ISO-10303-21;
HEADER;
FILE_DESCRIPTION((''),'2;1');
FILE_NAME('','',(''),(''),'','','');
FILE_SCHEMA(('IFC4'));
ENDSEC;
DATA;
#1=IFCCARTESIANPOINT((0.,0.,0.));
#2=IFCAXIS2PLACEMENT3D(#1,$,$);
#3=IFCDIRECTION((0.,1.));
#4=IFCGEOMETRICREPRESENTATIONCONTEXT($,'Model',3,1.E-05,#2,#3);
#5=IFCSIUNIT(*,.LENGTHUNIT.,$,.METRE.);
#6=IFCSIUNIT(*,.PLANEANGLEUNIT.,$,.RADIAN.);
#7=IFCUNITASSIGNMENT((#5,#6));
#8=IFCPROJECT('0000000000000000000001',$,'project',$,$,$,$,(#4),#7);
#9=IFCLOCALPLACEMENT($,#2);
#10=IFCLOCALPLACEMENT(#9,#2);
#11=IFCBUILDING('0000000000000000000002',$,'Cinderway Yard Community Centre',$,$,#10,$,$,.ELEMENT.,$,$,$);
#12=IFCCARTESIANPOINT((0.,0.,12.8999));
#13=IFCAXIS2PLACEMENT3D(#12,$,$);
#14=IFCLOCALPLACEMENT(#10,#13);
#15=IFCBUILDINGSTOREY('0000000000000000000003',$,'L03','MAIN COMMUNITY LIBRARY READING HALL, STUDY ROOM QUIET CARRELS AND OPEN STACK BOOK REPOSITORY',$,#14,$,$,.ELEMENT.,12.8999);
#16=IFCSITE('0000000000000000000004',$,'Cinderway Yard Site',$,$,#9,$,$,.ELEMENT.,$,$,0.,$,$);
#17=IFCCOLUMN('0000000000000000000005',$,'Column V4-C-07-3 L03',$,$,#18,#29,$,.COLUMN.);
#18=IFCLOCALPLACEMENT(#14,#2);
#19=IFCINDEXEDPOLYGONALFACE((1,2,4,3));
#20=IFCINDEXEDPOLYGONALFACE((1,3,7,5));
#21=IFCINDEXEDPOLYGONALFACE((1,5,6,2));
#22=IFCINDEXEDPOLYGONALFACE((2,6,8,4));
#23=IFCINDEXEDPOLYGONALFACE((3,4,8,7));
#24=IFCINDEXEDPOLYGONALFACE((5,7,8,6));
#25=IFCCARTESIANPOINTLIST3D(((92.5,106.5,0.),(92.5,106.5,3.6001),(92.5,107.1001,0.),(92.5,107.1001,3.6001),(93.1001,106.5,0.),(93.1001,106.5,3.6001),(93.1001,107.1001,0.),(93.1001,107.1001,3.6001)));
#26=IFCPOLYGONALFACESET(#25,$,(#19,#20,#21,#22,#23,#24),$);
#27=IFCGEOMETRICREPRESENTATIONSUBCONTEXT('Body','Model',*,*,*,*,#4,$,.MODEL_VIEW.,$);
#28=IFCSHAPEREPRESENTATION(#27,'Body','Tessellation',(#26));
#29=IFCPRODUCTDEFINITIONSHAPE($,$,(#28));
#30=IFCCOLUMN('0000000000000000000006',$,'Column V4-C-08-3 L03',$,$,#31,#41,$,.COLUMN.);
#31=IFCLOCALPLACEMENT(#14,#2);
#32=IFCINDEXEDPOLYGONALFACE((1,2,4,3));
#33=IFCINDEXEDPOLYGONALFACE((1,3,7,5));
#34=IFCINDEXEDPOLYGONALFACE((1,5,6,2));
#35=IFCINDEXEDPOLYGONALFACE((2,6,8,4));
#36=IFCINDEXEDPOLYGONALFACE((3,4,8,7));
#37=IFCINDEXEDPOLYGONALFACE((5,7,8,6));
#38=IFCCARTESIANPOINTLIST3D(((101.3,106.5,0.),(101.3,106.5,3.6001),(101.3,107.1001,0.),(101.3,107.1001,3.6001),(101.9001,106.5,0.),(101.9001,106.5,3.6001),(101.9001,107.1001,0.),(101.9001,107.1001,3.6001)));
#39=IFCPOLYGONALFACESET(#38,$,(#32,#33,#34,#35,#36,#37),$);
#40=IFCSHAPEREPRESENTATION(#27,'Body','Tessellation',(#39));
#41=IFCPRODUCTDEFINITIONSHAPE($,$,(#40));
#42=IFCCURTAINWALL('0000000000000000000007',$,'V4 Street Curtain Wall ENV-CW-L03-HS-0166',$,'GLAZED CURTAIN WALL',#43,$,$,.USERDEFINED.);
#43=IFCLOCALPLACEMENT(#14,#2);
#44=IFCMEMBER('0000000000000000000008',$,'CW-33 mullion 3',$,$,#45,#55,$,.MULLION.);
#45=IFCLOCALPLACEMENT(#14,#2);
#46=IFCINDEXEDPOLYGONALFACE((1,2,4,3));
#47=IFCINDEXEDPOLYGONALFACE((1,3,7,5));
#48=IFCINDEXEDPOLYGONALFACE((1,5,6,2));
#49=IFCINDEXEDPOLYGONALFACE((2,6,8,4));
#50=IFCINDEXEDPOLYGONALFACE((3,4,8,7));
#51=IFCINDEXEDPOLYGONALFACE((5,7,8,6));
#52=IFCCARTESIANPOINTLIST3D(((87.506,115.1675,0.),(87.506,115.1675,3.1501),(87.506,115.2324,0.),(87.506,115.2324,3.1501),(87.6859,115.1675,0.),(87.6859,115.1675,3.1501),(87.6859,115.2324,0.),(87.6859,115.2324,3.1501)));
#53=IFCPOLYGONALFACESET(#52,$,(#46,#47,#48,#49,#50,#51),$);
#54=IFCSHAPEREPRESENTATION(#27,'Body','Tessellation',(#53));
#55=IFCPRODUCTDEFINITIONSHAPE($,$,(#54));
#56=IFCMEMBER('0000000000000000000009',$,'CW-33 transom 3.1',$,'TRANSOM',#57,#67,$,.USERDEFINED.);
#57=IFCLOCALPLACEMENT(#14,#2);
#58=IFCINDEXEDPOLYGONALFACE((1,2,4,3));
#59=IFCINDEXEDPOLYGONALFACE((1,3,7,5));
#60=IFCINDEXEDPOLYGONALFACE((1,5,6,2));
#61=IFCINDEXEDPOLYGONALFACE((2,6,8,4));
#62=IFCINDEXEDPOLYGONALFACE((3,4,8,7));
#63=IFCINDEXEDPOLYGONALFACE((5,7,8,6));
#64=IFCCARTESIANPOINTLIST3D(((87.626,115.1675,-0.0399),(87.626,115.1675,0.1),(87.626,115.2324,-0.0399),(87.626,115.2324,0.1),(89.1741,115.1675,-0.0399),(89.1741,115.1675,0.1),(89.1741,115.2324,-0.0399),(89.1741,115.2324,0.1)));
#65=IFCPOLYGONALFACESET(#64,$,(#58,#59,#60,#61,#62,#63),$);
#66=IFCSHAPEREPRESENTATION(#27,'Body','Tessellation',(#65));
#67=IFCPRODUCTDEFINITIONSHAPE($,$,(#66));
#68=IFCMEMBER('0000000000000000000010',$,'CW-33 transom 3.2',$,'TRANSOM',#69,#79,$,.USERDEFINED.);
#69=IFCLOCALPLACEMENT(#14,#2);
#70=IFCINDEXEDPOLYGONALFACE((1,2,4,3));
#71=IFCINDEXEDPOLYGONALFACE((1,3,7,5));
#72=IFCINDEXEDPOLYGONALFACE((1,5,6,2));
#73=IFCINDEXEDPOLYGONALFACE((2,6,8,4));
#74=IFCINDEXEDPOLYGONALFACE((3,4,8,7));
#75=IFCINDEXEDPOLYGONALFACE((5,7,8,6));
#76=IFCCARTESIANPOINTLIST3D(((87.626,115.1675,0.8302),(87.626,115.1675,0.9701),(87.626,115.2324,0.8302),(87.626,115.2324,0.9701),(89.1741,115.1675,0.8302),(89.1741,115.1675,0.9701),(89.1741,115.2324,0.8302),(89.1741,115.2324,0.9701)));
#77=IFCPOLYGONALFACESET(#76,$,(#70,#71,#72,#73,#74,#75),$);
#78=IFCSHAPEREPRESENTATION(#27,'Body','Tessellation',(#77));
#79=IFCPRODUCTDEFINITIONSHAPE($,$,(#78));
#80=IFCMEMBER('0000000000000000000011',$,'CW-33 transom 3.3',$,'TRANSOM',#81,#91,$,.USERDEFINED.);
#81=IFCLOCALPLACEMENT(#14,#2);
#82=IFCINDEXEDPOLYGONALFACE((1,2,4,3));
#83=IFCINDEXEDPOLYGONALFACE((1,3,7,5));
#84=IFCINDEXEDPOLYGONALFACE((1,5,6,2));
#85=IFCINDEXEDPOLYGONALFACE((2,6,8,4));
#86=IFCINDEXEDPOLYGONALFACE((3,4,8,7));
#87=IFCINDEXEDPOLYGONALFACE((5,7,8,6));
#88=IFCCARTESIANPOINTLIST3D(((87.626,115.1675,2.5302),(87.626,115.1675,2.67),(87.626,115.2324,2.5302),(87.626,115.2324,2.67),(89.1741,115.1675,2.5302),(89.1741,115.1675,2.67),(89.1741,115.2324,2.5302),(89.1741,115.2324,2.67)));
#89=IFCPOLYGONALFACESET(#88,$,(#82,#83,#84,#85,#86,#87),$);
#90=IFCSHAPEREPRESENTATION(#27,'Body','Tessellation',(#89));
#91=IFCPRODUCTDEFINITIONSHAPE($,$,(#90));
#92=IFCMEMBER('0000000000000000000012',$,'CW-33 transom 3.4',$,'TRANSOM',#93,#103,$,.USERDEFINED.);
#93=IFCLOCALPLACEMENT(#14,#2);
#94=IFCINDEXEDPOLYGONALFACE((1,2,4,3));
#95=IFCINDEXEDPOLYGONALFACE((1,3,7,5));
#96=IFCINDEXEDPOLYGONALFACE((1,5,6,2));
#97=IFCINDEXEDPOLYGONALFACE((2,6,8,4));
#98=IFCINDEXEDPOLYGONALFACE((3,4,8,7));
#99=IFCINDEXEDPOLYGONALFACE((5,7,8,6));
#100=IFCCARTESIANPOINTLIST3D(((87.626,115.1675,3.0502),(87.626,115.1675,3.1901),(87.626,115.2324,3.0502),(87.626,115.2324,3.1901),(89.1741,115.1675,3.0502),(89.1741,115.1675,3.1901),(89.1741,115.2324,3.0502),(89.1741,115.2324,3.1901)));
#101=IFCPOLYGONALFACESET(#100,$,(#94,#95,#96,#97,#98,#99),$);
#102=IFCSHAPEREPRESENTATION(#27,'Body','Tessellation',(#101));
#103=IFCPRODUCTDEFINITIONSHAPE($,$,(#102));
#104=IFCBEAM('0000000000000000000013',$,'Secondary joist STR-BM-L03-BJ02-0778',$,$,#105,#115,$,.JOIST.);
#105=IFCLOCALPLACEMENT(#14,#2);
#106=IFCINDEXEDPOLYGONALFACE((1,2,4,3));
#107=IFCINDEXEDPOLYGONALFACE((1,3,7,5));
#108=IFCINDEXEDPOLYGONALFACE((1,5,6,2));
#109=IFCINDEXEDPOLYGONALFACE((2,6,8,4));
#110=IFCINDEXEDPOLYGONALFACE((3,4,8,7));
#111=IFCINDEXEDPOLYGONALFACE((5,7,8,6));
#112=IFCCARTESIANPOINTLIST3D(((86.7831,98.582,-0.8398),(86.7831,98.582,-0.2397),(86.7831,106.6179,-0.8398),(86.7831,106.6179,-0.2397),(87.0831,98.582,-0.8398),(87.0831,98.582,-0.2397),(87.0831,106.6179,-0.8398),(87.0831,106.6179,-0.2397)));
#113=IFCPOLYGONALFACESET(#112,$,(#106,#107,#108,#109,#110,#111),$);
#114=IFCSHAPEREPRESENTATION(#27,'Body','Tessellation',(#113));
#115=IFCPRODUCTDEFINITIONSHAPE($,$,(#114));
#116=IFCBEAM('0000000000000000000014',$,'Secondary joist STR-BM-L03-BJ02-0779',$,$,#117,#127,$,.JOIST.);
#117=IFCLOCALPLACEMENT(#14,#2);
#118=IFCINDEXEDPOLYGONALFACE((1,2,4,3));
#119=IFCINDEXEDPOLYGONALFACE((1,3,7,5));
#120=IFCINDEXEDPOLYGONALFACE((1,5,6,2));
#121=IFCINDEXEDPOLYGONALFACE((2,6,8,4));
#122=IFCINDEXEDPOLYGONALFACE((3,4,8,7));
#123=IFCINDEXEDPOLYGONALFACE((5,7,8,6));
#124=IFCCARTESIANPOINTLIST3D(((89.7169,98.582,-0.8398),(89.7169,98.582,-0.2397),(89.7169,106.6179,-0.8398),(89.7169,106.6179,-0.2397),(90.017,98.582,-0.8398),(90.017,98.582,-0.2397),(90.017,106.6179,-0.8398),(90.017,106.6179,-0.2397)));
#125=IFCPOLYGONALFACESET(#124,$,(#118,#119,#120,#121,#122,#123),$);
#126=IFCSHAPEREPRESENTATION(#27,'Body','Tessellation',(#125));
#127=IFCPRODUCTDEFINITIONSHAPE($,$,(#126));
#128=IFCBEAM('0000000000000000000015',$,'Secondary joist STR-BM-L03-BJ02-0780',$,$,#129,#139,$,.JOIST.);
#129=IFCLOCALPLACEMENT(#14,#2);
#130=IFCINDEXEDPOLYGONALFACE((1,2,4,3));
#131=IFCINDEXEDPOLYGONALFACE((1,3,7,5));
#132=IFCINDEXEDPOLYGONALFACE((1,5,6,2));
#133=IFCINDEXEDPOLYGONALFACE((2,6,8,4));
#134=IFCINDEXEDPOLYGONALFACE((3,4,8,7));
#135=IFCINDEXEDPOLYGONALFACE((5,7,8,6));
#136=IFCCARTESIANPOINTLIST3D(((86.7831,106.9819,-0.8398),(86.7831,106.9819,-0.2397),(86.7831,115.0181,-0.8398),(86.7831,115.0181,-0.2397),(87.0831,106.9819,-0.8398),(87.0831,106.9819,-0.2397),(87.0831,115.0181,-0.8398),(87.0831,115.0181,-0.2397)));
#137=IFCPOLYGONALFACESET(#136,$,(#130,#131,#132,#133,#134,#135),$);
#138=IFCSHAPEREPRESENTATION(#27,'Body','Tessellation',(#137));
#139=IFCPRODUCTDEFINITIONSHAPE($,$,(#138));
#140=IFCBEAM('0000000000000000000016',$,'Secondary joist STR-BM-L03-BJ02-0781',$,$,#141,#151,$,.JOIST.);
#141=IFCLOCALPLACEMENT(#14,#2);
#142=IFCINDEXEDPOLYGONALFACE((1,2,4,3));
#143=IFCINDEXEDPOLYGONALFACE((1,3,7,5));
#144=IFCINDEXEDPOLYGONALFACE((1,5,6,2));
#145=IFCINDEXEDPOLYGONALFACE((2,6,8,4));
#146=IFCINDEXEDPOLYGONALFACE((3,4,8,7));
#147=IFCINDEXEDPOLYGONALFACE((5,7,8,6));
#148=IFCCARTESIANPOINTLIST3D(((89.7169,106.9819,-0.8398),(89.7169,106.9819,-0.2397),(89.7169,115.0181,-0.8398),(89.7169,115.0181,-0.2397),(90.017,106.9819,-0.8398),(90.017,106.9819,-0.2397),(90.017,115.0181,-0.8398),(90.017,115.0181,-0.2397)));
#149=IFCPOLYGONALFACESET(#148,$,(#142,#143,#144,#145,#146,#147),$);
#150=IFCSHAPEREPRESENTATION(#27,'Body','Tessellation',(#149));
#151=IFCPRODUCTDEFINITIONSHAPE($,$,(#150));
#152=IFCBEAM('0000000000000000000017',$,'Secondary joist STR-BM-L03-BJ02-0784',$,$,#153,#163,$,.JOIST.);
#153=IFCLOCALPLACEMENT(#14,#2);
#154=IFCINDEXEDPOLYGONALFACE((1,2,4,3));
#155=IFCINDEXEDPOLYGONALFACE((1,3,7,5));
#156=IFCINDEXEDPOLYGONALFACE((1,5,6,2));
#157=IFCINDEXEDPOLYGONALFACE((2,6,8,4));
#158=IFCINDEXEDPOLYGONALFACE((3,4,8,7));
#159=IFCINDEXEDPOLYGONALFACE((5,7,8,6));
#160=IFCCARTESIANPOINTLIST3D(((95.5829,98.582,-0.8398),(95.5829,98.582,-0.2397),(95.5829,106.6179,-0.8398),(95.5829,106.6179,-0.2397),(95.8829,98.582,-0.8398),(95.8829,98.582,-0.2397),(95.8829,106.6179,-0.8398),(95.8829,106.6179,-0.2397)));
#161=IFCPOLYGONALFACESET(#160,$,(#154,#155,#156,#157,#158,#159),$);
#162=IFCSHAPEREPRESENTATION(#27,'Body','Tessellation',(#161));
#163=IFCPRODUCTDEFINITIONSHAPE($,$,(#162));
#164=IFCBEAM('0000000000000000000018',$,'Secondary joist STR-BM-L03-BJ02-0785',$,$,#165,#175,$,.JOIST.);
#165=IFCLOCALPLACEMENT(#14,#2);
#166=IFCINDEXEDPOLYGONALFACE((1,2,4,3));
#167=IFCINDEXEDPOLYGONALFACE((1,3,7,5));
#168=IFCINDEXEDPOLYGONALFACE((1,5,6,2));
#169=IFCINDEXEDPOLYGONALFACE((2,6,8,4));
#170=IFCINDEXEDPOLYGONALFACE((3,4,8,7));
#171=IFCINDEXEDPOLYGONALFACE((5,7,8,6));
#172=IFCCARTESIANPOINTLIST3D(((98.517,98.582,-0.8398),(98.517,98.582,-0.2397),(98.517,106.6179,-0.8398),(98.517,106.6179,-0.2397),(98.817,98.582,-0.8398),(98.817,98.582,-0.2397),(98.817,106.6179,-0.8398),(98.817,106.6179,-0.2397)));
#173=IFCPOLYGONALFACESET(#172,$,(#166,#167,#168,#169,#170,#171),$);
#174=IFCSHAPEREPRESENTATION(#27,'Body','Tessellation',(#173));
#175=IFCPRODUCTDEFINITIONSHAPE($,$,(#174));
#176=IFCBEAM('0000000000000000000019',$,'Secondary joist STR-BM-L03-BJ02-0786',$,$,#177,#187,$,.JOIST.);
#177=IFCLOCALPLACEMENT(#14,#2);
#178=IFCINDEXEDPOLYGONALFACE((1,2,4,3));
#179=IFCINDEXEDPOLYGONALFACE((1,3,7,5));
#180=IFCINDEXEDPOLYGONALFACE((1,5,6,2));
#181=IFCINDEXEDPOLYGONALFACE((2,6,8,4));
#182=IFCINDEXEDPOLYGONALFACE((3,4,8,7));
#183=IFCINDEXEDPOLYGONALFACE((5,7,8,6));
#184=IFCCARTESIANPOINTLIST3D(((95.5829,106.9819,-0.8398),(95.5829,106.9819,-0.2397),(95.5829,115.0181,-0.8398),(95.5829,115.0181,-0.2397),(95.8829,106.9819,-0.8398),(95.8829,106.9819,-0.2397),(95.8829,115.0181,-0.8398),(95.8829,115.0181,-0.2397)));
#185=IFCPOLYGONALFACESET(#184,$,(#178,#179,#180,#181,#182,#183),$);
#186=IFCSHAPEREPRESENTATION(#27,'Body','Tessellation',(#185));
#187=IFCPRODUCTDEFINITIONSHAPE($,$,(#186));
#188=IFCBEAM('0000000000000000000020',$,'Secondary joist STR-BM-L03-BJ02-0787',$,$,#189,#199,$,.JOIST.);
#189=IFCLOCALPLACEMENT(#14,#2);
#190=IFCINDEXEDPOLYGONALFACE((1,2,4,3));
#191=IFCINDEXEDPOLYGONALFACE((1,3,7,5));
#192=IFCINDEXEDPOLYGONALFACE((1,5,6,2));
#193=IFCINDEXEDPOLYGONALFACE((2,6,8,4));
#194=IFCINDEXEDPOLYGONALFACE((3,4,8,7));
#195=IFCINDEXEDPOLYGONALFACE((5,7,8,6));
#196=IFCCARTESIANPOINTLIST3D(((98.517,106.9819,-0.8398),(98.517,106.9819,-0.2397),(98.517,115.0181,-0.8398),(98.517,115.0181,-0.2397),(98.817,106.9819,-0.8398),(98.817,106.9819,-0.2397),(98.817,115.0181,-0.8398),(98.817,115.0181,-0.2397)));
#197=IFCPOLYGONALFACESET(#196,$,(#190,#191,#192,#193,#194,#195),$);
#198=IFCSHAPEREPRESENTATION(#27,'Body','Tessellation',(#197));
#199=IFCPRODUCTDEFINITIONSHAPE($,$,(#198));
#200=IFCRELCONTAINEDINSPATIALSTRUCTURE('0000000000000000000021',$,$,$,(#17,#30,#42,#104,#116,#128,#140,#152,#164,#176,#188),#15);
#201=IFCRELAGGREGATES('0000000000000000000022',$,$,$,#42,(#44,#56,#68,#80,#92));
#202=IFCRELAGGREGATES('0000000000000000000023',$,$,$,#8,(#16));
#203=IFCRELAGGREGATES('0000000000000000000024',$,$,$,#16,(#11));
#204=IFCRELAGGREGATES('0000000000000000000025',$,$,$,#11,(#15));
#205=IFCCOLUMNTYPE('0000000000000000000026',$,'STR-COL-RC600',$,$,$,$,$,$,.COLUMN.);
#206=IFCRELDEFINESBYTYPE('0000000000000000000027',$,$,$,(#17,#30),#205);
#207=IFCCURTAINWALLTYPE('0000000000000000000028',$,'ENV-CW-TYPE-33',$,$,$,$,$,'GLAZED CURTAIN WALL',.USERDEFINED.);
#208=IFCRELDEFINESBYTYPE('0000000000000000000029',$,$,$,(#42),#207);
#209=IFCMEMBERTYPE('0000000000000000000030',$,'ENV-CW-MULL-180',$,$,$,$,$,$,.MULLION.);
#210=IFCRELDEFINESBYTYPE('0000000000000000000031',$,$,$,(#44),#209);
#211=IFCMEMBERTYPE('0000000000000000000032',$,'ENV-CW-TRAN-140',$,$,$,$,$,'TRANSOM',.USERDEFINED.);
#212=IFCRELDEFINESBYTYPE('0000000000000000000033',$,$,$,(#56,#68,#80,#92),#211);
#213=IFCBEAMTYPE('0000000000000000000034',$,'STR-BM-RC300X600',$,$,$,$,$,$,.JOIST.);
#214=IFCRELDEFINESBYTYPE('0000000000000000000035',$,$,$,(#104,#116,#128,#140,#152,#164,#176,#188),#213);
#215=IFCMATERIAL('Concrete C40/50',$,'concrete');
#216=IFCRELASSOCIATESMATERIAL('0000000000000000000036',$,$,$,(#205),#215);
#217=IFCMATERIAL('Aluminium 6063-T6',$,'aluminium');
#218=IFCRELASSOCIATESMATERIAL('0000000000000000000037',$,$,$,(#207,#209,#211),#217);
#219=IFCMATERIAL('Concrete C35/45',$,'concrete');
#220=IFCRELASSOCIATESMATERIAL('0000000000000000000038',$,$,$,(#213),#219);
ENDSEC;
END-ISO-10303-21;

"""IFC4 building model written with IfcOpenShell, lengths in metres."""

from ifc_helpers import new_model, si_unit, direction, frame, origin, origin_2d, place, context, subcontext, project, spatial, rectangle, extrude, material, material_profile, profile_set, type_object, element, aggregate, save


model = new_model("IFC4")

# Units and contexts
model_context = context("Model", 3, precision=1e-05, world=origin(), true_north=direction((0.0, 1.0)))
body_context = subcontext(model_context, "Body", "Model", "MODEL_VIEW")
ifc_project = project(units=[si_unit("LENGTHUNIT", "METRE"), si_unit("PLANEANGLEUNIT", "RADIAN")], contexts=[model_context])

# Site, building, storey
site_placement = place(None, origin())
site = spatial("IfcSite", under=ifc_project, at=site_placement, Name="Cinderway Yard Site", CompositionType="ELEMENT", RefElevation=0.0)
building_placement = place(site_placement, origin())
building = spatial("IfcBuilding", under=site, at=building_placement, Name="Cinderway Yard Community Centre", CompositionType="ELEMENT")
storey_placement = place(building_placement, frame((0.0, 0.0, 12.8999)))
storey = spatial("IfcBuildingStorey", under=building, at=storey_placement, Name="L03", Description="MAIN COMMUNITY LIBRARY READING HALL, STUDY ROOM QUIET CARRELS AND OPEN STACK BOOK REPOSITORY", CompositionType="ELEMENT", Elevation=12.8999)

# Columns
ifc_material_1 = material(Name="Concrete C40/50", Category="concrete")
ifc_material_profile_1 = material_profile(ifc_material_1, rectangle(XDim=0.6001, YDim=0.6001, at=origin_2d()), Name="Concrete C40/50")
ifc_profile_set_1 = profile_set([ifc_material_profile_1], Name="Concrete C40/50")
column_type = type_object("IfcColumnType", Name="STR-COL-RC600", PredefinedType="COLUMN", material=ifc_profile_set_1)
for number, where, z_axis, x_axis, name in (
    (1, (92.8, 106.8, 0.0), (0.0, 0.0, 1.0), (1.0, 0.0, 0.0), "Column V4-C-07-3 L03"),
    (2, (101.6001, 106.8, 0.0), (0.0, 0.0, 1.0), (1.0, 0.0, 0.0), "Column V4-C-08-3 L03"),
):
    element("IfcColumn", number, at=place(storey_placement, frame(where, z_axis=z_axis, x_axis=x_axis)), inside=storey, type_object=column_type, Name=name, PredefinedType="COLUMN", context=body_context, shape_type="SweptSolid", body=[
        extrude(rectangle(XDim=0.6001, YDim=0.6001, at=origin_2d()), origin(), (0.0, 0.0, 1.0), 3.6001),
    ])

# Curtain wall, members
ifc_material_2 = material(Name="Aluminium 6063-T6", Category="aluminium")
curtain_wall_type = type_object("IfcCurtainWallType", Name="ENV-CW-TYPE-33", ElementType="GLAZED CURTAIN WALL", PredefinedType="USERDEFINED", material=ifc_material_2)
curtain_wall_placement = place(storey_placement, origin())
curtain_wall = element("IfcCurtainWall", 3, at=curtain_wall_placement, inside=storey, type_object=curtain_wall_type, Name="V4 Street Curtain Wall ENV-CW-L03-HS-0166", ObjectType="GLAZED CURTAIN WALL", PredefinedType="USERDEFINED")
ifc_material_profile_2 = material_profile(ifc_material_2, rectangle(XDim=0.0649, YDim=0.1799, at=origin_2d()), Name="Aluminium 6063-T6")
ifc_profile_set_2 = profile_set([ifc_material_profile_2], Name="Aluminium 6063-T6")
member_type_1 = type_object("IfcMemberType", Name="ENV-CW-MULL-180", PredefinedType="MULLION", material=ifc_profile_set_2)
member_1_placement = place(storey_placement, frame((87.5959, 115.2, 0.0), z_axis=(0.0, 0.0, 1.0), x_axis=(0.0, 1.0, 0.0)))
member_1 = element("IfcMember", 4, at=member_1_placement, type_object=member_type_1, Name="CW-33 mullion 3", PredefinedType="MULLION", context=body_context, shape_type="SweptSolid", body=[
    extrude(rectangle(XDim=0.0649, YDim=0.1799, at=origin_2d()), origin(), (0.0, 0.0, 1.0), 3.1501),
])
ifc_material_profile_3 = material_profile(ifc_material_2, rectangle(XDim=0.0649, YDim=0.1399, at=origin_2d()), Name="Aluminium 6063-T6")
ifc_profile_set_3 = profile_set([ifc_material_profile_3], Name="Aluminium 6063-T6")
member_type_2 = type_object("IfcMemberType", Name="ENV-CW-TRAN-140", ElementType="TRANSOM", PredefinedType="USERDEFINED", material=ifc_profile_set_3)
member_2_placement = place(storey_placement, frame((87.626, 115.2, 0.03), z_axis=(1.0, 0.0, 0.0), x_axis=(0.0, 1.0, 0.0)))
member_2 = element("IfcMember", 5, at=member_2_placement, type_object=member_type_2, Name="CW-33 transom 3.1", ObjectType="TRANSOM", PredefinedType="USERDEFINED", context=body_context, shape_type="SweptSolid", body=[
    extrude(rectangle(XDim=0.0649, YDim=0.1399, at=origin_2d()), origin(), (0.0, 0.0, 1.0), 1.5481),
])
member_3_placement = place(storey_placement, frame((87.626, 115.2, 0.9001), z_axis=(1.0, 0.0, 0.0), x_axis=(0.0, 1.0, 0.0)))
member_3 = element("IfcMember", 6, at=member_3_placement, type_object=member_type_2, Name="CW-33 transom 3.2", ObjectType="TRANSOM", PredefinedType="USERDEFINED", context=body_context, shape_type="SweptSolid", body=[
    extrude(rectangle(XDim=0.0649, YDim=0.1399, at=origin_2d()), origin(), (0.0, 0.0, 1.0), 1.5481),
])
member_4_placement = place(storey_placement, frame((87.626, 115.2, 2.6001), z_axis=(1.0, 0.0, 0.0), x_axis=(0.0, 1.0, 0.0)))
member_4 = element("IfcMember", 7, at=member_4_placement, type_object=member_type_2, Name="CW-33 transom 3.3", ObjectType="TRANSOM", PredefinedType="USERDEFINED", context=body_context, shape_type="SweptSolid", body=[
    extrude(rectangle(XDim=0.0649, YDim=0.1399, at=origin_2d()), origin(), (0.0, 0.0, 1.0), 1.5481),
])
member_5_placement = place(storey_placement, frame((87.626, 115.2, 3.1201), z_axis=(1.0, 0.0, 0.0), x_axis=(0.0, 1.0, 0.0)))
member_5 = element("IfcMember", 8, at=member_5_placement, type_object=member_type_2, Name="CW-33 transom 3.4", ObjectType="TRANSOM", PredefinedType="USERDEFINED", context=body_context, shape_type="SweptSolid", body=[
    extrude(rectangle(XDim=0.0649, YDim=0.1399, at=origin_2d()), origin(), (0.0, 0.0, 1.0), 1.5481),
])

# Beams
ifc_material_3 = material(Name="Concrete C35/45", Category="concrete")
ifc_material_profile_4 = material_profile(ifc_material_3, rectangle(XDim=0.3, YDim=0.6001, at=origin_2d()), Name="Concrete C35/45")
ifc_profile_set_4 = profile_set([ifc_material_profile_4], Name="Concrete C35/45")
beam_type_1 = type_object("IfcBeamType", Name="STR-BM-RC300X600", PredefinedType="JOIST", material=ifc_profile_set_4)
for number, where, z_axis, x_axis, name in (
    (9, (86.9331, 98.582, -0.5398), (0.0, 1.0, 0.0), (-1.0, 0.0, 0.0), "Secondary joist STR-BM-L03-BJ02-0778"),
    (10, (89.8669, 98.582, -0.5398), (0.0, 1.0, 0.0), (-1.0, 0.0, 0.0), "Secondary joist STR-BM-L03-BJ02-0779"),
):
    element("IfcBeam", number, at=place(storey_placement, frame(where, z_axis=z_axis, x_axis=x_axis)), inside=storey, type_object=beam_type_1, Name=name, PredefinedType="JOIST", context=body_context, shape_type="SweptSolid", body=[
        extrude(rectangle(XDim=0.3, YDim=0.6001, at=origin_2d()), origin(), (0.0, 0.0, 1.0), 8.0359),
    ])
for number, where, z_axis, x_axis, name in (
    (11, (86.9331, 106.9819, -0.5398), (0.0, 1.0, 0.0), (-1.0, 0.0, 0.0), "Secondary joist STR-BM-L03-BJ02-0780"),
    (12, (89.8669, 106.9819, -0.5398), (0.0, 1.0, 0.0), (-1.0, 0.0, 0.0), "Secondary joist STR-BM-L03-BJ02-0781"),
):
    element("IfcBeam", number, at=place(storey_placement, frame(where, z_axis=z_axis, x_axis=x_axis)), inside=storey, type_object=beam_type_1, Name=name, PredefinedType="JOIST", context=body_context, shape_type="SweptSolid", body=[
        extrude(rectangle(XDim=0.3, YDim=0.6001, at=origin_2d()), origin(), (0.0, 0.0, 1.0), 8.0361),
    ])
for number, where, z_axis, x_axis, name in (
    (13, (95.7329, 98.582, -0.5398), (0.0, 1.0, 0.0), (-1.0, 0.0, 0.0), "Secondary joist STR-BM-L03-BJ02-0784"),
    (14, (98.667, 98.582, -0.5398), (0.0, 1.0, 0.0), (-1.0, 0.0, 0.0), "Secondary joist STR-BM-L03-BJ02-0785"),
):
    element("IfcBeam", number, at=place(storey_placement, frame(where, z_axis=z_axis, x_axis=x_axis)), inside=storey, type_object=beam_type_1, Name=name, PredefinedType="JOIST", context=body_context, shape_type="SweptSolid", body=[
        extrude(rectangle(XDim=0.3, YDim=0.6001, at=origin_2d()), origin(), (0.0, 0.0, 1.0), 8.0359),
    ])
for number, where, z_axis, x_axis, name in (
    (15, (95.7329, 106.9819, -0.5398), (0.0, 1.0, 0.0), (-1.0, 0.0, 0.0), "Secondary joist STR-BM-L03-BJ02-0786"),
    (16, (98.667, 106.9819, -0.5398), (0.0, 1.0, 0.0), (-1.0, 0.0, 0.0), "Secondary joist STR-BM-L03-BJ02-0787"),
):
    element("IfcBeam", number, at=place(storey_placement, frame(where, z_axis=z_axis, x_axis=x_axis)), inside=storey, type_object=beam_type_1, Name=name, PredefinedType="JOIST", context=body_context, shape_type="SweptSolid", body=[
        extrude(rectangle(XDim=0.3, YDim=0.6001, at=origin_2d()), origin(), (0.0, 0.0, 1.0), 8.0361),
    ])

aggregate(curtain_wall, [member_1, member_2, member_3, member_4, member_5])

save(model, "model.ifc")
